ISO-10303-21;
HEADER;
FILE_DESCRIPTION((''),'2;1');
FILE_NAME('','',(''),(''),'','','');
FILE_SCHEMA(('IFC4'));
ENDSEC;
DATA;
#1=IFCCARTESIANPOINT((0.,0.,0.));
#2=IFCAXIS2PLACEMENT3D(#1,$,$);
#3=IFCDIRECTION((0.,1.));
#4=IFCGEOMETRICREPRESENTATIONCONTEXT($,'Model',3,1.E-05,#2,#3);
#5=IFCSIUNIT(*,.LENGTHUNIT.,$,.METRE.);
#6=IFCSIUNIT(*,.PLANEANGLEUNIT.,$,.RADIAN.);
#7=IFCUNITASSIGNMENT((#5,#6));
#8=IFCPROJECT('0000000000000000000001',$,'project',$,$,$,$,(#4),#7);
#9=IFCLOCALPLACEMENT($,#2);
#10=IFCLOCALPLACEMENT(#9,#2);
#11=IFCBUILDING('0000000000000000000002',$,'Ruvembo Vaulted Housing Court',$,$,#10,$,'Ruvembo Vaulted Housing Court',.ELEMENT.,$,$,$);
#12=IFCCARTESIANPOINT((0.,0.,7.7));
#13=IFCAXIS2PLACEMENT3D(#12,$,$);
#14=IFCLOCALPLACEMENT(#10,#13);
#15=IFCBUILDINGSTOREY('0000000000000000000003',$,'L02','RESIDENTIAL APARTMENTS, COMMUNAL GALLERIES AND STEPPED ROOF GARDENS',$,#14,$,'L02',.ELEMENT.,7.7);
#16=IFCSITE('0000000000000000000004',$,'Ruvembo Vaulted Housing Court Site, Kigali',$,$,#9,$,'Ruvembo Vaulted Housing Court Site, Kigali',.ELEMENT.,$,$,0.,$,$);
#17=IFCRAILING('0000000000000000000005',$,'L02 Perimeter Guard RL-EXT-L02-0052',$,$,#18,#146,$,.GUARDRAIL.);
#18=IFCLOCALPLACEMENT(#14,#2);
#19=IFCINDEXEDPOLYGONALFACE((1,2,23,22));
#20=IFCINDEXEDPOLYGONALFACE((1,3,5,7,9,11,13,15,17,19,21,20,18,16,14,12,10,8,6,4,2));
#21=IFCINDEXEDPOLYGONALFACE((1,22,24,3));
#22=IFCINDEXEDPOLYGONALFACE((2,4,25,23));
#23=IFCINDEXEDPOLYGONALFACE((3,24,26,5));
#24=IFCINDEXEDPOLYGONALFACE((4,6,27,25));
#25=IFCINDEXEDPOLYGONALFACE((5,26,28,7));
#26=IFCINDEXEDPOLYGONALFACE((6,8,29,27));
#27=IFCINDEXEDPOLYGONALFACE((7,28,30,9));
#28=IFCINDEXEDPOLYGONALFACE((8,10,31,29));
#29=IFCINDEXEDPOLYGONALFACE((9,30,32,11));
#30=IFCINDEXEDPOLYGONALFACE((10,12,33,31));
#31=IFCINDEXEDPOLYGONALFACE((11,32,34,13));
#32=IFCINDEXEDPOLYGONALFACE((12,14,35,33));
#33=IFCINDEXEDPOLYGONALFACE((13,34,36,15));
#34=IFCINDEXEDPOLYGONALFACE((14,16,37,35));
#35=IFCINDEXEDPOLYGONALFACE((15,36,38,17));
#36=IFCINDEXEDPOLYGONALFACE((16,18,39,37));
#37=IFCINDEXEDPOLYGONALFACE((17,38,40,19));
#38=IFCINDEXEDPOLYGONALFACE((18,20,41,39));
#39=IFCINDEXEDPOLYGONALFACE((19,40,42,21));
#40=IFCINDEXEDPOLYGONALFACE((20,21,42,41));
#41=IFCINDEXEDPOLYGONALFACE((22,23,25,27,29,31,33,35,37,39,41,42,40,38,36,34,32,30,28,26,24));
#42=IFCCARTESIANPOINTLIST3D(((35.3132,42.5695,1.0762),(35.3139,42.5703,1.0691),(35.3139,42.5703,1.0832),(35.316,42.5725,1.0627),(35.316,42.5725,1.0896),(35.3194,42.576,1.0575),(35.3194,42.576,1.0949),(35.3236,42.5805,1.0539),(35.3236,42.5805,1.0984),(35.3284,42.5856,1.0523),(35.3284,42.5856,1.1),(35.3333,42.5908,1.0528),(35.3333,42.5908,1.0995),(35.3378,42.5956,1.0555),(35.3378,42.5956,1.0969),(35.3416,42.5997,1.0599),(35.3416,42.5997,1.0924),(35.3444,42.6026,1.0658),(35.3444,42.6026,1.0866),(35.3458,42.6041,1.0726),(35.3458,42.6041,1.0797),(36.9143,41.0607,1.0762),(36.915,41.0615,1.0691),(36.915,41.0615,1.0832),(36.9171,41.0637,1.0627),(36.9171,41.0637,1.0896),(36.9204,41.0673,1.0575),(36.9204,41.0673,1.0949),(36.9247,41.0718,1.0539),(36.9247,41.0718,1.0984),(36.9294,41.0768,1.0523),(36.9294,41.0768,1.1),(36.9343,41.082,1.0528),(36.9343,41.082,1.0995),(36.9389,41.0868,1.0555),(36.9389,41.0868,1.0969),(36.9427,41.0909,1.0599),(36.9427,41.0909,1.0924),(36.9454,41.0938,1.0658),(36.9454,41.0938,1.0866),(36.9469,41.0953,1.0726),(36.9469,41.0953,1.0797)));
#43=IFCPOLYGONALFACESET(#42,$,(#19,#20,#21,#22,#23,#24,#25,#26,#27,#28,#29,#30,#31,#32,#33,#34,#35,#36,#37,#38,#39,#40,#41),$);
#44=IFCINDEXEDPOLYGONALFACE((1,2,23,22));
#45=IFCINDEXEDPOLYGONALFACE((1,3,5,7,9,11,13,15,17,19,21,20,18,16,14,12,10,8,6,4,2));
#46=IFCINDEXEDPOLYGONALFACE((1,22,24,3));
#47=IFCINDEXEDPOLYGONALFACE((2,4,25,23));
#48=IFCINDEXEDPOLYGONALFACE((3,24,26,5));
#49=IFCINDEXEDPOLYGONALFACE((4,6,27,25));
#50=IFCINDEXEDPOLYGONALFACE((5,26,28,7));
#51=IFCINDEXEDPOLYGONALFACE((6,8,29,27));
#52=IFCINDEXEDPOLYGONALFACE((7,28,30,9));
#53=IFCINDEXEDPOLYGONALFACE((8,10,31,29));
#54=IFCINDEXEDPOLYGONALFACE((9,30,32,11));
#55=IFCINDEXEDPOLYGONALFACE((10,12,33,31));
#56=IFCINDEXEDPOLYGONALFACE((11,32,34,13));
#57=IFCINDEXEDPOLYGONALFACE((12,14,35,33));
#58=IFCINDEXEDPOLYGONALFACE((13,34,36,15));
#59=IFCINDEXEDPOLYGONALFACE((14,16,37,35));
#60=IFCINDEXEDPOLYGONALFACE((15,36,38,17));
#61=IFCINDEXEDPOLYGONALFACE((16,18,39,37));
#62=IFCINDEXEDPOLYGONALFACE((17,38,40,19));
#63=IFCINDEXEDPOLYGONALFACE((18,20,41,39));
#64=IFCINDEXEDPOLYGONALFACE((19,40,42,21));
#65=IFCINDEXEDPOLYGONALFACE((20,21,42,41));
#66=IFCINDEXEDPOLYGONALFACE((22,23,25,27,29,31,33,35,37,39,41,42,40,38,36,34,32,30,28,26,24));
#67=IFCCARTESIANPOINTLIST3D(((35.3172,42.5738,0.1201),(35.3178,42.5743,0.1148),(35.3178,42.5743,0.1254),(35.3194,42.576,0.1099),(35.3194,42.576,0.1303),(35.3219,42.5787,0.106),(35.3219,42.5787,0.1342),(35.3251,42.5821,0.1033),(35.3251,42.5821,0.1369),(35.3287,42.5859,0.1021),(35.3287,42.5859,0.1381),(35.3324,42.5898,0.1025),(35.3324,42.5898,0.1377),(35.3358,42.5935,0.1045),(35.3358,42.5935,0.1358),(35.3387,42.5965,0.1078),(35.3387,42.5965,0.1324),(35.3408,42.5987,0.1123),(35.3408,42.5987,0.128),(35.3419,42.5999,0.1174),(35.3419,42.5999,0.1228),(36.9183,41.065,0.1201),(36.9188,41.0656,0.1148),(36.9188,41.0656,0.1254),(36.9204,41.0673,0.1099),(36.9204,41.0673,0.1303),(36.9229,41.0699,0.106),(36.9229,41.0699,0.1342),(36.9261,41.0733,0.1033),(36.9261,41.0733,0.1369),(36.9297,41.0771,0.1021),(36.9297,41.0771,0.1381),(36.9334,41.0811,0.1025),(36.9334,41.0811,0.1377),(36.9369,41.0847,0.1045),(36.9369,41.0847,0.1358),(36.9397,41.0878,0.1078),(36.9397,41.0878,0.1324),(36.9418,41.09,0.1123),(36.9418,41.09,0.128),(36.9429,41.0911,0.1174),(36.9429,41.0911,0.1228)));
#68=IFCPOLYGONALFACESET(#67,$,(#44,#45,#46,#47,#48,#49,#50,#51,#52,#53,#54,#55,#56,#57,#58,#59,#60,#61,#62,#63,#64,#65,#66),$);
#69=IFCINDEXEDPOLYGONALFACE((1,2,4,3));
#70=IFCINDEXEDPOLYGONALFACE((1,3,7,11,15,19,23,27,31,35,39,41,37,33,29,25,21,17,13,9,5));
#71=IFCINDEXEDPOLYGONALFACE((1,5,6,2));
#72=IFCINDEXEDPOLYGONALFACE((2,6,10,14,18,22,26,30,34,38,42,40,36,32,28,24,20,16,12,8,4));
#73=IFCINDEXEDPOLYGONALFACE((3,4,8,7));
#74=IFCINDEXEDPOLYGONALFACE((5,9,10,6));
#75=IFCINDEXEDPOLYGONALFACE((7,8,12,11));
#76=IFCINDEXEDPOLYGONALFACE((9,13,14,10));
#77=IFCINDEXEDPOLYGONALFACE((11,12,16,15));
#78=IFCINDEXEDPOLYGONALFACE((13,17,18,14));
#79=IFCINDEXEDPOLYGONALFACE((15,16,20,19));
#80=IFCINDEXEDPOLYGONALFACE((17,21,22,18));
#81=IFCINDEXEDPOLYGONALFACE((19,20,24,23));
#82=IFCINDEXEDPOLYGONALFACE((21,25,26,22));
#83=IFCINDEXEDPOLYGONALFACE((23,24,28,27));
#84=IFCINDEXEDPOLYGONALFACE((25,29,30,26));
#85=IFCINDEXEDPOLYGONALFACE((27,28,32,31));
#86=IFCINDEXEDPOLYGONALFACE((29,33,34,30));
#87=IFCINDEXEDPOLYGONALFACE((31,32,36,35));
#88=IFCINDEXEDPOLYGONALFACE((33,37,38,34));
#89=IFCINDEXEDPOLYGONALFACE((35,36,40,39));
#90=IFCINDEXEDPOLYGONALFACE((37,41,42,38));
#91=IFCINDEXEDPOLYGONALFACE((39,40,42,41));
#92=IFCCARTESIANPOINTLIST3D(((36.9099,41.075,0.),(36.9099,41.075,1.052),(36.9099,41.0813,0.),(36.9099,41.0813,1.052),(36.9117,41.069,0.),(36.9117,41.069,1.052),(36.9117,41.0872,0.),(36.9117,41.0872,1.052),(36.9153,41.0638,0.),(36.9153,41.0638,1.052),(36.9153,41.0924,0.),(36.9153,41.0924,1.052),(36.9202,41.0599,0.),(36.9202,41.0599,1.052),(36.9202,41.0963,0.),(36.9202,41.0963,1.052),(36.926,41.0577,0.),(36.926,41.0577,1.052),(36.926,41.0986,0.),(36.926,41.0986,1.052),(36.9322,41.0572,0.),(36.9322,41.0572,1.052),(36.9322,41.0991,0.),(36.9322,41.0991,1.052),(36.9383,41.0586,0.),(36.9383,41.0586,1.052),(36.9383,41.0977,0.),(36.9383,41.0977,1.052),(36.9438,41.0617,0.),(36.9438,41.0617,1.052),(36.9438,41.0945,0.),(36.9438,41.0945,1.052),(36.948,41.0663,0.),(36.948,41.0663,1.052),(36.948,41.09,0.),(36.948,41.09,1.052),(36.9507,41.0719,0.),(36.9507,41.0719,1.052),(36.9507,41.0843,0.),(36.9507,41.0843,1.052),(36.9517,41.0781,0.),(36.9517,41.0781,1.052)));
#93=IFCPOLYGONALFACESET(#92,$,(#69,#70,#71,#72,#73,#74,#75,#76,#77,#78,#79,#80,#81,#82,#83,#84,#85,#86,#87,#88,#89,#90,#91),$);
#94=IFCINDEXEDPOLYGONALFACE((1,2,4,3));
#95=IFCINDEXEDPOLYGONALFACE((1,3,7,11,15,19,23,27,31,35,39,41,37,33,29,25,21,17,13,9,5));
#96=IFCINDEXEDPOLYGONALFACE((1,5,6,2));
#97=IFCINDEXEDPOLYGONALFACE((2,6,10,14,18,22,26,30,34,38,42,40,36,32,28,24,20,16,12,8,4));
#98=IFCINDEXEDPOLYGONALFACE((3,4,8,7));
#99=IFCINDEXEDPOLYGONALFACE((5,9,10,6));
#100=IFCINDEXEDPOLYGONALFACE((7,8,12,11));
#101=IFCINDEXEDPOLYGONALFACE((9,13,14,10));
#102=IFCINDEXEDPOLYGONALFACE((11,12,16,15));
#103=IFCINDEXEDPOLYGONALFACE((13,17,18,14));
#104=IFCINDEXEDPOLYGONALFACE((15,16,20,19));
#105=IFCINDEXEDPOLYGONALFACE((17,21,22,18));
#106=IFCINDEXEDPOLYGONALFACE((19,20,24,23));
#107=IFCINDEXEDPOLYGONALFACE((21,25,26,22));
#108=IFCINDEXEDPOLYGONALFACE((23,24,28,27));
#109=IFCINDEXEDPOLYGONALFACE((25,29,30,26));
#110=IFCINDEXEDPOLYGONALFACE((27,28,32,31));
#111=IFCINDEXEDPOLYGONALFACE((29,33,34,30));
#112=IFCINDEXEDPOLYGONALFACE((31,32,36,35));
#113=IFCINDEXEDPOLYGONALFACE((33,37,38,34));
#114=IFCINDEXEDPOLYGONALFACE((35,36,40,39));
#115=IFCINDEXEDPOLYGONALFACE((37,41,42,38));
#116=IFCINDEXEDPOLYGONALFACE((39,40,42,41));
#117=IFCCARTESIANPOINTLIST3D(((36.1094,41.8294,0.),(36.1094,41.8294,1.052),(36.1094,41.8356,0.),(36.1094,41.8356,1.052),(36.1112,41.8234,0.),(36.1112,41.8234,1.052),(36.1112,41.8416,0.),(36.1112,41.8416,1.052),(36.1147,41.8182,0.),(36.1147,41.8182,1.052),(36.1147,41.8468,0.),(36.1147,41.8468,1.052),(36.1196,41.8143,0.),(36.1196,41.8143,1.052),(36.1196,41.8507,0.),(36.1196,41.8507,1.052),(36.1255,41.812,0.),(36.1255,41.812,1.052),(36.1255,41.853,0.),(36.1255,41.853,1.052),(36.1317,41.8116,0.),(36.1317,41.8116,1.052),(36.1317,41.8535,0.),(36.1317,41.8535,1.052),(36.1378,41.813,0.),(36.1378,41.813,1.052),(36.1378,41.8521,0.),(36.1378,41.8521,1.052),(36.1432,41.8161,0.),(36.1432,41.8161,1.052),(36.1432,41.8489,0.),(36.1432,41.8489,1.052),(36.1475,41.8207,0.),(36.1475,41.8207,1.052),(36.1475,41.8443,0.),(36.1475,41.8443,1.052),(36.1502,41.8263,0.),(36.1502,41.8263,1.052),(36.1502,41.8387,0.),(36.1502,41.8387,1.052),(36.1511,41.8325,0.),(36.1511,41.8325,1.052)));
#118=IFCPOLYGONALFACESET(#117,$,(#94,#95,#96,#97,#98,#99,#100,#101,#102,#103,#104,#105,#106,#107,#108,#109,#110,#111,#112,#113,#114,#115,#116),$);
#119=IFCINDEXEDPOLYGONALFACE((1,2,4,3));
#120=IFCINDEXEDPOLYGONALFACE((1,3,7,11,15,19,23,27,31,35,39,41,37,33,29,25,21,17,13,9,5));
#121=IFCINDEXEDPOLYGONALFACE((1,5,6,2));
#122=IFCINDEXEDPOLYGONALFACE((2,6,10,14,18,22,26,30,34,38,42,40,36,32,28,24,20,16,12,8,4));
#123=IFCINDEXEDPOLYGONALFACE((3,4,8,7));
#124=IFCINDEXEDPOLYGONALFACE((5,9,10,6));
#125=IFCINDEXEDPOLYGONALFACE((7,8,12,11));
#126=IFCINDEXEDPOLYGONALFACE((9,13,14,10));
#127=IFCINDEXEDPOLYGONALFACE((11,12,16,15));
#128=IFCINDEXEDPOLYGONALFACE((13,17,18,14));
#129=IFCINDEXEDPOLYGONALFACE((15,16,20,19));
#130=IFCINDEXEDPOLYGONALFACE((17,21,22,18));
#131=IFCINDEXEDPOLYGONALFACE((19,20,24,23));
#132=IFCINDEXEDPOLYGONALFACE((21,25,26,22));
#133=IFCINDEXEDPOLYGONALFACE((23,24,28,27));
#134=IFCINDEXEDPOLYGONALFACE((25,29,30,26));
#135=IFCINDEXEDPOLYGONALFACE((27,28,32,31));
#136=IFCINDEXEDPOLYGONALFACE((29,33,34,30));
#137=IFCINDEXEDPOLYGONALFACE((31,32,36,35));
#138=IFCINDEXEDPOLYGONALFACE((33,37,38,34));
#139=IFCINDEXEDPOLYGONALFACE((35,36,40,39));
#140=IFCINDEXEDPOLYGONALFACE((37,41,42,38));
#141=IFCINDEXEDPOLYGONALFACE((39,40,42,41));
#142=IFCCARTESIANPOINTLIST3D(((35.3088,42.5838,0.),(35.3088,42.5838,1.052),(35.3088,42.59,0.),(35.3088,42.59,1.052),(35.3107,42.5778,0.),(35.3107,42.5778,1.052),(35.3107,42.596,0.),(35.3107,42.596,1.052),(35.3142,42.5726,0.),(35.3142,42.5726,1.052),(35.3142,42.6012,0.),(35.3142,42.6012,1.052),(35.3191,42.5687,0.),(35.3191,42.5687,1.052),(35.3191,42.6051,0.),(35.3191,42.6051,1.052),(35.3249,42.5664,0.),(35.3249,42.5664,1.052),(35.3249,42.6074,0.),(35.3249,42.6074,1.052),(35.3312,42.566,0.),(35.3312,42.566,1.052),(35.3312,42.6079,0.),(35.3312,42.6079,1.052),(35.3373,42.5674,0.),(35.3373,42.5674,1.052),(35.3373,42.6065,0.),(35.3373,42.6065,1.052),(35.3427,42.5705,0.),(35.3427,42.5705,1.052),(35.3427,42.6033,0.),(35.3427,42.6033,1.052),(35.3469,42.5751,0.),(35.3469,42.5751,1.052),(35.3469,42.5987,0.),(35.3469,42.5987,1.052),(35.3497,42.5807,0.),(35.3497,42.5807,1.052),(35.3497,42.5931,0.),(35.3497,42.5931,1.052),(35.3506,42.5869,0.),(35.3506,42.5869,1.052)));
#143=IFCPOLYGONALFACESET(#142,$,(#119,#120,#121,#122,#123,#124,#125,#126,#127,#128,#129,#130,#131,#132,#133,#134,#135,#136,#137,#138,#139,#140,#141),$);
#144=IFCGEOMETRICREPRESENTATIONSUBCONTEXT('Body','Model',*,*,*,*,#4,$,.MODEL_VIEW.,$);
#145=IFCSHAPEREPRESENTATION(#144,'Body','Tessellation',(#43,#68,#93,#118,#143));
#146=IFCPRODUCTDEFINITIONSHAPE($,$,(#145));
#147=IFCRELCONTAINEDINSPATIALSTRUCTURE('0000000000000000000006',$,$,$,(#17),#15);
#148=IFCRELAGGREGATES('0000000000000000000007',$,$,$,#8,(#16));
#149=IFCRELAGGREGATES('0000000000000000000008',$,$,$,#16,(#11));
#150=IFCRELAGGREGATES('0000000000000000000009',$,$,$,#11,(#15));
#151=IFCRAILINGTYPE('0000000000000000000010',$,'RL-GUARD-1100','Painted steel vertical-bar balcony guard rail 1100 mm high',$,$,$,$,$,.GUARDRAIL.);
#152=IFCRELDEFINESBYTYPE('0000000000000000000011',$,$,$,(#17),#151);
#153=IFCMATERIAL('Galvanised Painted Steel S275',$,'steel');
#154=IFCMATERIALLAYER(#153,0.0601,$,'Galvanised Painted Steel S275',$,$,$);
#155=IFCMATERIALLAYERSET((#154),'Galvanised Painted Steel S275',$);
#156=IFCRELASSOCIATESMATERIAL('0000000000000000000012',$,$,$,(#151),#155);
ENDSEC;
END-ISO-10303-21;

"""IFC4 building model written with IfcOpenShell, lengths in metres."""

from ifc_helpers import new_model, si_unit, direction, frame, origin, origin_2d, place, context, subcontext, project, spatial, circle, extrude, material, layer, layer_set, type_object, element, save


model = new_model("IFC4")

# Units and contexts
model_context = context("Model", 3, precision=1e-05, world=origin(), true_north=direction((0.0, 1.0)))
body_context = subcontext(model_context, "Body", "Model", "MODEL_VIEW")
ifc_project = project(units=[si_unit("LENGTHUNIT", "METRE"), si_unit("PLANEANGLEUNIT", "RADIAN")], contexts=[model_context])

# Site, building, storey
site_placement = place(None, origin())
site = spatial("IfcSite", under=ifc_project, at=site_placement, Name="Ruvembo Vaulted Housing Court Site, Kigali", LongName="Ruvembo Vaulted Housing Court Site, Kigali", CompositionType="ELEMENT", RefElevation=0.0)
building_placement = place(site_placement, origin())
building = spatial("IfcBuilding", under=site, at=building_placement, Name="Ruvembo Vaulted Housing Court", LongName="Ruvembo Vaulted Housing Court", CompositionType="ELEMENT")
storey_placement = place(building_placement, frame((0.0, 0.0, 7.7)))
storey = spatial("IfcBuildingStorey", under=building, at=storey_placement, Name="L02", Description="RESIDENTIAL APARTMENTS, COMMUNAL GALLERIES AND STEPPED ROOF GARDENS", LongName="L02", CompositionType="ELEMENT", Elevation=7.7)

# Railing
ifc_material_1 = material(Name="Galvanised Painted Steel S275", Category="steel")
ifc_layer_1 = layer(ifc_material_1, 0.0601, Name="Galvanised Painted Steel S275")
ifc_layer_set_1 = layer_set([ifc_layer_1], Name="Galvanised Painted Steel S275")
railing_type_1 = type_object("IfcRailingType", Name="RL-GUARD-1100", Description="Painted steel vertical-bar balcony guard rail 1100 mm high", PredefinedType="GUARDRAIL", material=ifc_layer_set_1)
railing_1_placement = place(storey_placement, frame((36.9307, 41.0781, 0.0)))
element("IfcRailing", 1, at=railing_1_placement, inside=storey, type_object=railing_type_1, Name="L02 Perimeter Guard RL-EXT-L02-0052", PredefinedType="GUARDRAIL", context=body_context, shape_type="SweptSolid", body=[
    extrude(circle(Radius=0.0239, at=origin_2d()), frame((0.0, 0.0, 1.0762), z_axis=(-0.72777, 0.685821, 0.0), x_axis=(-0.685821, -0.72777, 0.0)), (0.0, 0.0, 1.0), 2.2),
    extrude(circle(Radius=0.0181, at=origin_2d()), frame((0.0, 0.0, 0.1201), z_axis=(-0.72777, 0.685821, 0.0), x_axis=(-0.685821, -0.72777, 0.0)), (0.0, 0.0, 1.0), 2.2),
    extrude(circle(Radius=0.021, at=origin_2d()), origin(), (0.0, 0.0, 1.0), 1.052),
    extrude(circle(Radius=0.021, at=origin_2d()), frame((-0.8005, 0.7544, 0.0)), (0.0, 0.0, 1.0), 1.052),
    extrude(circle(Radius=0.021, at=origin_2d()), frame((-1.6011, 1.5088, 0.0)), (0.0, 0.0, 1.0), 1.052),
])

save(model, "model.ifc")
